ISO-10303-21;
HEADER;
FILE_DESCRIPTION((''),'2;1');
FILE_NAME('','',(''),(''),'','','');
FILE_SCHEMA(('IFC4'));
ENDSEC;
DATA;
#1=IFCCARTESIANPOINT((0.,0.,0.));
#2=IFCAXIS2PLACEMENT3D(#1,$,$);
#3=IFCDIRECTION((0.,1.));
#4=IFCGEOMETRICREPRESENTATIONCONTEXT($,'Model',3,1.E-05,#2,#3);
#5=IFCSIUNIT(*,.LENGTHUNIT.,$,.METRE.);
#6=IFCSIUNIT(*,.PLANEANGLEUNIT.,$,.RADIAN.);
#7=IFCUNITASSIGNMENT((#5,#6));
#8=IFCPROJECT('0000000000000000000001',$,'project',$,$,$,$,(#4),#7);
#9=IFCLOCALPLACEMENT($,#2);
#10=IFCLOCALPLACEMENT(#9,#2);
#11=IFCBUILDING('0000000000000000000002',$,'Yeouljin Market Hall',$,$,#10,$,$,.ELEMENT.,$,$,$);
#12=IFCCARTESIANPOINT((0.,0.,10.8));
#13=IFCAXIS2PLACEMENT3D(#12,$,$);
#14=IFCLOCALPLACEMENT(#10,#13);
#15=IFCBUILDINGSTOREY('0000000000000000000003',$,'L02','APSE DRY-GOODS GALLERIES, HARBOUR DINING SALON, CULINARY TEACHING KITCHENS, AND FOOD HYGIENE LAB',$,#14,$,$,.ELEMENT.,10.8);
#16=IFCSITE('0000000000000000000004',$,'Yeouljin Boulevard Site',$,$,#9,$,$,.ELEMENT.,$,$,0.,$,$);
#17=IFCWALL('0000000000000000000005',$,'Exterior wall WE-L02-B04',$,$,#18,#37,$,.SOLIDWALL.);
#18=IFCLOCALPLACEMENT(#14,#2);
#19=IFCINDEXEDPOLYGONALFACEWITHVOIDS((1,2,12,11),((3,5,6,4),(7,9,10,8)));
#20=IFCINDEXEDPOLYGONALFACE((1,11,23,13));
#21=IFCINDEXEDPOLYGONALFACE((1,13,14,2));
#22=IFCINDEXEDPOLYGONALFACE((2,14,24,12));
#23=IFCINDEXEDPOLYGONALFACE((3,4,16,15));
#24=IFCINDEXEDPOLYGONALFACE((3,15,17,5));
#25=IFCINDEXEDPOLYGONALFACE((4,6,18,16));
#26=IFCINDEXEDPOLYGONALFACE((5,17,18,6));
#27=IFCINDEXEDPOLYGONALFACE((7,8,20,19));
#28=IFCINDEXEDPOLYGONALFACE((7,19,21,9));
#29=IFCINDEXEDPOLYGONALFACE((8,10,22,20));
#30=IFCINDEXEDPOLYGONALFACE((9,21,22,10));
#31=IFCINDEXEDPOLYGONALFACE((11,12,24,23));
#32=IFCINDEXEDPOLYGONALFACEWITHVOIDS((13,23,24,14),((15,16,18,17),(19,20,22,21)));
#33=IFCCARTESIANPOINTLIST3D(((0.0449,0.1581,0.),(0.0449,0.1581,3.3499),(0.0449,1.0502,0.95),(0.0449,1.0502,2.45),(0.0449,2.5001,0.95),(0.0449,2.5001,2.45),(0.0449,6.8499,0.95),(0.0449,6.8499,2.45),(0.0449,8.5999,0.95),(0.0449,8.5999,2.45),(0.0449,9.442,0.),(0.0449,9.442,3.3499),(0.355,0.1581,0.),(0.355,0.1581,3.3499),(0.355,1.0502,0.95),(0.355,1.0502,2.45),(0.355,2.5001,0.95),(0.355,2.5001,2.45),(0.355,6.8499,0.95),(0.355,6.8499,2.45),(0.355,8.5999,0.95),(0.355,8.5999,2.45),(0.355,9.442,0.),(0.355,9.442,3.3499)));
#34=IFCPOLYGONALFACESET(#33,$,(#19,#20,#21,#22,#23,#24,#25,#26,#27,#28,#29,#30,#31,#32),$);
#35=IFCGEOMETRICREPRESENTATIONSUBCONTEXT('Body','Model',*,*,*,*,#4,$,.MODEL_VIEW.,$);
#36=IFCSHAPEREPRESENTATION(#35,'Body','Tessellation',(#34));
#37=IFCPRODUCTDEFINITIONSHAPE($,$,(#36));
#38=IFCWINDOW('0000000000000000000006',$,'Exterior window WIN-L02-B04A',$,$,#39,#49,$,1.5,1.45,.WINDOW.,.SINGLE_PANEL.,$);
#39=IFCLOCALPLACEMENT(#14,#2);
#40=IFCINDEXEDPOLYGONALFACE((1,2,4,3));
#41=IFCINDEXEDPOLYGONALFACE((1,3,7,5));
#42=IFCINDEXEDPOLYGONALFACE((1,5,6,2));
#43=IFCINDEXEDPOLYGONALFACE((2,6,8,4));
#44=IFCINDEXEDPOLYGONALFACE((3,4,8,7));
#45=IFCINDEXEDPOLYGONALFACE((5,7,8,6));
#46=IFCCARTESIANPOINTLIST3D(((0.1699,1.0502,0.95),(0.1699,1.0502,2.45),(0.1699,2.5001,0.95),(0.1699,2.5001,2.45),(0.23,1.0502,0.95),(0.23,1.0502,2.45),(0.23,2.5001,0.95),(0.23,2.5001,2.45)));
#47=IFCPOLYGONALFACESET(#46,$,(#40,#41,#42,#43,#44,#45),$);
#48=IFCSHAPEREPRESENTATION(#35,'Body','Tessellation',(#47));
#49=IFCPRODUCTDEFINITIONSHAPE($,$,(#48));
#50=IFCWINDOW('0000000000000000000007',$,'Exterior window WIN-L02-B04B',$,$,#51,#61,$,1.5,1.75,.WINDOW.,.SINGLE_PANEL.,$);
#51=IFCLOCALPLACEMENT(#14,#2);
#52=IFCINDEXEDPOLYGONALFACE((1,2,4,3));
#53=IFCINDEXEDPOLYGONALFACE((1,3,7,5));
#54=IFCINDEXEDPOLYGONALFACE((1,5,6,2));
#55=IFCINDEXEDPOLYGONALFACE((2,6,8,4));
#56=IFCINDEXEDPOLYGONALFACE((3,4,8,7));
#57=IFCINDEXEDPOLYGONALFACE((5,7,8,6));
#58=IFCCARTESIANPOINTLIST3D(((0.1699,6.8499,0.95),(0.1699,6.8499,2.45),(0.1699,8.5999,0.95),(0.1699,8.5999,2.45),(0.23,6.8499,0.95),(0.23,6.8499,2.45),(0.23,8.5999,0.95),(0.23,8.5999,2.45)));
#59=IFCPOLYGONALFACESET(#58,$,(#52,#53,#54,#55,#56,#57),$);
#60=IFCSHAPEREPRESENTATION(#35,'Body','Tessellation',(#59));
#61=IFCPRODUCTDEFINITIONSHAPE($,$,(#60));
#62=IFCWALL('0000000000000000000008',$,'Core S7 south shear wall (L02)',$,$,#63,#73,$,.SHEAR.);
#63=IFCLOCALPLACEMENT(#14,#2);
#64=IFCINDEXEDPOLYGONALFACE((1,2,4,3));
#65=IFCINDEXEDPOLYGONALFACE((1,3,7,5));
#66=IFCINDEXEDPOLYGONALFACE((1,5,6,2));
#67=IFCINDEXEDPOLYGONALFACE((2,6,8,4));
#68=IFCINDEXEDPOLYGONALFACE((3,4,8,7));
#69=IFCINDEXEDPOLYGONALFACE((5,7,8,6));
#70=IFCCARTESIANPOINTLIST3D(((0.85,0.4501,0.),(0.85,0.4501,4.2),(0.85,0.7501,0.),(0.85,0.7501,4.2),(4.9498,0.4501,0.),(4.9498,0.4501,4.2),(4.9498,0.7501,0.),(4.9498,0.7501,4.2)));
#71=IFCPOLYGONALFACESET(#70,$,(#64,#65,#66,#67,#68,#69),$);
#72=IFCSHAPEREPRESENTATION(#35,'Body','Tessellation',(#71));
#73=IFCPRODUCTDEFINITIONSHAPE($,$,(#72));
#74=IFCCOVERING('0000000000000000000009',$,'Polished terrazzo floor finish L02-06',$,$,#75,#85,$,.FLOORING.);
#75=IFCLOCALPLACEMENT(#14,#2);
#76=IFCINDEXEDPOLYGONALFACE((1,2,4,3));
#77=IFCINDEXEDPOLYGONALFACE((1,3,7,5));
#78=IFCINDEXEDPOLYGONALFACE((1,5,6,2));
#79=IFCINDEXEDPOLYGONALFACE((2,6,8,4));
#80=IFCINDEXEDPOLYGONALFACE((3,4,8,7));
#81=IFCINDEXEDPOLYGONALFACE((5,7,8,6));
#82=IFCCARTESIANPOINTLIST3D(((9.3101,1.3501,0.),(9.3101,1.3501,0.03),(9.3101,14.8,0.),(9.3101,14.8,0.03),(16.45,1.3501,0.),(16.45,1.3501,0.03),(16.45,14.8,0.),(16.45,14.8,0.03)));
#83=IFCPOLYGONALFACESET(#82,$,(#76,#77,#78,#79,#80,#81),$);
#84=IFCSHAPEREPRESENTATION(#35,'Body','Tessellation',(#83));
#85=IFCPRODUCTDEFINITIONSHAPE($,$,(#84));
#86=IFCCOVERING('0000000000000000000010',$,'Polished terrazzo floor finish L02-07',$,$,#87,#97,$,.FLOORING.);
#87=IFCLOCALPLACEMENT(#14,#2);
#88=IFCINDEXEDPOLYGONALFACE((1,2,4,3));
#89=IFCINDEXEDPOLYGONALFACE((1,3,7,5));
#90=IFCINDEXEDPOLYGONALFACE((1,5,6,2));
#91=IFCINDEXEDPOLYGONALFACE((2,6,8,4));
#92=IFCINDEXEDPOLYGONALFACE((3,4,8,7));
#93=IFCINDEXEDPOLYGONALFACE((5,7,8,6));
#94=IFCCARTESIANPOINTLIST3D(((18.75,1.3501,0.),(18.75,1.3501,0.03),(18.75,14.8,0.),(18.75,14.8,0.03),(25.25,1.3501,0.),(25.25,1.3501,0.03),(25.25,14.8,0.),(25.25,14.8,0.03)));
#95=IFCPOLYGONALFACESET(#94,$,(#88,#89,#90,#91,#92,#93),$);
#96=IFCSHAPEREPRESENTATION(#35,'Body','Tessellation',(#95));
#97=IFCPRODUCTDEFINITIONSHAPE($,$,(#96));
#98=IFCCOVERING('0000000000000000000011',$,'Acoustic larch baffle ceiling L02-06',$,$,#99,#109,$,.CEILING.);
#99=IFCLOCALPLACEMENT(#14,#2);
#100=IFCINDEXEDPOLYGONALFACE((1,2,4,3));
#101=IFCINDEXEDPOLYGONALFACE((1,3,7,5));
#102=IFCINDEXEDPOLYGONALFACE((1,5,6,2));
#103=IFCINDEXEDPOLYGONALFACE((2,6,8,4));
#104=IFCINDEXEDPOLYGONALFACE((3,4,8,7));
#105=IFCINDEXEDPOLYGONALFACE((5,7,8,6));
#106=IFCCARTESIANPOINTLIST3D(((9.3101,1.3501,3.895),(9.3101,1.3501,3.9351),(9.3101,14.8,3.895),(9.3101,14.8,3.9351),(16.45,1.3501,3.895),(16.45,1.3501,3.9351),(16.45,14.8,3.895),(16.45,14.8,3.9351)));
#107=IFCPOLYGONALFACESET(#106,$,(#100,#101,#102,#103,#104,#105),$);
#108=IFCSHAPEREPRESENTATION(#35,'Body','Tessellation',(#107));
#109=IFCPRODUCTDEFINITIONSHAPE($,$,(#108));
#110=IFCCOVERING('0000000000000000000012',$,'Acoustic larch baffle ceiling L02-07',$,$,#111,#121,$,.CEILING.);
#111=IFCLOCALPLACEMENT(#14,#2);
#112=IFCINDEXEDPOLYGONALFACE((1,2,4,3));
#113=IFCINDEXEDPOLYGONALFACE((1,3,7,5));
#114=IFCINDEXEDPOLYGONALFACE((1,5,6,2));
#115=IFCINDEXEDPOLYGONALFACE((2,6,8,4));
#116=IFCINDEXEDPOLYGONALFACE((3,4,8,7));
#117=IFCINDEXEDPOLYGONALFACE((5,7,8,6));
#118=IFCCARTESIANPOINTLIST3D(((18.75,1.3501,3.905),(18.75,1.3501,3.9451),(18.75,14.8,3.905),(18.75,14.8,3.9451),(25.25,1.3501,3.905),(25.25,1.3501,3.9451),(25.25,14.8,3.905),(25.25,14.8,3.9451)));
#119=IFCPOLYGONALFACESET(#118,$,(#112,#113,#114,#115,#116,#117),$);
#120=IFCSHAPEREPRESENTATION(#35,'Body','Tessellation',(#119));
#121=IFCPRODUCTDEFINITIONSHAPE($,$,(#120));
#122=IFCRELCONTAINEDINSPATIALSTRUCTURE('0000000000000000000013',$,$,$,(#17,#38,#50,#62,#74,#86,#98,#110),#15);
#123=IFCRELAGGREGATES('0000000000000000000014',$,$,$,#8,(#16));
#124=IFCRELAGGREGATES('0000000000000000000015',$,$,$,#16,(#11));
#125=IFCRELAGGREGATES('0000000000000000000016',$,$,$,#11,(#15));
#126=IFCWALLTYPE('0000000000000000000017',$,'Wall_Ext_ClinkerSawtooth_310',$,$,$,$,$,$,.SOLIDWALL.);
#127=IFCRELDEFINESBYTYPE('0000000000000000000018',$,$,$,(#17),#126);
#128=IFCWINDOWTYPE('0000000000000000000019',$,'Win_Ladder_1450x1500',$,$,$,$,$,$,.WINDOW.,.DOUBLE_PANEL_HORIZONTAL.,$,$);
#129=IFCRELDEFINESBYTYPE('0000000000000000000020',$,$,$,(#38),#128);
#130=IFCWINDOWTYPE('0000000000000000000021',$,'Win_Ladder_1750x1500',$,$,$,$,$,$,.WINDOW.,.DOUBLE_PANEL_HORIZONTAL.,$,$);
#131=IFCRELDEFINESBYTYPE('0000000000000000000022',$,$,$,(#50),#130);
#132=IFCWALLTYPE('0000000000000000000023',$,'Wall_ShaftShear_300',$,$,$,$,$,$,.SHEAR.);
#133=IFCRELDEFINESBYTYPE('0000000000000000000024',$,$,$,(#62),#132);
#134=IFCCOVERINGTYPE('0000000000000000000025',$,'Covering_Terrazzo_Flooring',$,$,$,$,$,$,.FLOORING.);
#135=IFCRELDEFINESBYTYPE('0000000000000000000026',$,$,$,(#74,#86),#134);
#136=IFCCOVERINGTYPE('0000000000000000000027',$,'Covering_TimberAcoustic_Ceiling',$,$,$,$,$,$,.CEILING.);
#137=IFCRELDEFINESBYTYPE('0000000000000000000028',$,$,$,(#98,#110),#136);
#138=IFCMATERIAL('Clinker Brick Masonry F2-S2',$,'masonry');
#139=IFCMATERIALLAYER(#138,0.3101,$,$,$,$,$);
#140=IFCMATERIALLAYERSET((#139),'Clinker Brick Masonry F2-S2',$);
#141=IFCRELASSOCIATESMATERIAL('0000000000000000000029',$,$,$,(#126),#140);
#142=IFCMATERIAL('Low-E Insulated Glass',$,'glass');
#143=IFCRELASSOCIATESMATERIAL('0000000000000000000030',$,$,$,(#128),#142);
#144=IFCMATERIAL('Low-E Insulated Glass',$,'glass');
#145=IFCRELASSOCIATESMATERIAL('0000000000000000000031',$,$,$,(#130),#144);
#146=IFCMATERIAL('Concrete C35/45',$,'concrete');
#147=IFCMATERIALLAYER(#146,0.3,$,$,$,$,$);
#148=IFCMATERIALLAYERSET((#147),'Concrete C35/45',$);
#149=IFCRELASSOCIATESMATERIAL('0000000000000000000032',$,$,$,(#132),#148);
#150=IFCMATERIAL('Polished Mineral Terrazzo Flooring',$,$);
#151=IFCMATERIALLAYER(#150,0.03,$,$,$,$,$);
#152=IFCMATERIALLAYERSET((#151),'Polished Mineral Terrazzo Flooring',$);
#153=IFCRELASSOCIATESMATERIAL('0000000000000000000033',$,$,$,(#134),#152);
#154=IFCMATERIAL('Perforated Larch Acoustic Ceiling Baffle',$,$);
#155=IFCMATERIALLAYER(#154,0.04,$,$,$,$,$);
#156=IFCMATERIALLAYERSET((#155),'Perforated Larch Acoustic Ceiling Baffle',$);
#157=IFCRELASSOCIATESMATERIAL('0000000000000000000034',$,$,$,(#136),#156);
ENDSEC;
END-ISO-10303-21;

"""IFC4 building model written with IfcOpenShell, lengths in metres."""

from ifc_helpers import new_model, si_unit, direction, frame, frame_2d, origin, place, context, subcontext, project, spatial, polyline, rectangle, outline, extrude, material, layer, layer_set, type_object, element, fill, save


model = new_model("IFC4")

# Units and contexts
model_context = context("Model", 3, precision=1e-05, world=origin(), true_north=direction((0.0, 1.0)))
body_context = subcontext(model_context, "Body", "Model", "MODEL_VIEW")
ifc_project = project(units=[si_unit("LENGTHUNIT", "METRE"), si_unit("PLANEANGLEUNIT", "RADIAN")], contexts=[model_context])

# Site, building, storey
site_placement = place(None, origin())
site = spatial("IfcSite", under=ifc_project, at=site_placement, Name="Yeouljin Boulevard Site", CompositionType="ELEMENT", RefElevation=0.0)
building_placement = place(site_placement, origin())
building = spatial("IfcBuilding", under=site, at=building_placement, Name="Yeouljin Market Hall", CompositionType="ELEMENT")
storey_placement = place(building_placement, frame((0.0, 0.0, 10.8)))
storey = spatial("IfcBuildingStorey", under=building, at=storey_placement, Name="L02", Description="APSE DRY-GOODS GALLERIES, HARBOUR DINING SALON, CULINARY TEACHING KITCHENS, AND FOOD HYGIENE LAB", CompositionType="ELEMENT", Elevation=10.8)

# Wall, openings, windows
ifc_material_1 = material(Name="Clinker Brick Masonry F2-S2", Category="masonry")
ifc_layer_1 = layer(ifc_material_1, 0.3101)
ifc_layer_set_1 = layer_set([ifc_layer_1], Name="Clinker Brick Masonry F2-S2")
wall_type_1 = type_object("IfcWallType", Name="Wall_Ext_ClinkerSawtooth_310", PredefinedType="SOLIDWALL", material=ifc_layer_set_1)
wall_1_placement = place(storey_placement, frame((0.2, 0.158, 0.0), z_axis=(0.0, 0.0, 1.0), x_axis=(0.0, 1.0, 0.0)))
wall_1 = element("IfcWall", 1, at=wall_1_placement, inside=storey, type_object=wall_type_1, Name="Exterior wall WE-L02-B04", PredefinedType="SOLIDWALL", context=body_context, shape_type="SweptSolid", body=[
    extrude(rectangle(XDim=9.2839, YDim=0.3101, at=frame_2d((4.6421, 0.0))), origin(), (0.0, 0.0, 1.0), 3.3499),
])
opening_1_placement = place(wall_1_placement, frame((0.8921, 0.0, 0.95)))
opening_1 = element("IfcOpeningElement", 2, at=opening_1_placement, cuts=wall_1, PredefinedType="OPENING", context=body_context, shape_type="SweptSolid", body=[
    extrude(rectangle(XDim=1.45, YDim=1.5, at=frame_2d((0.7251, 0.75))), frame((0.0, 0.165, 0.0), z_axis=(0.0, -1.0, 0.0), x_axis=(1.0, 0.0, 0.0)), (0.0, 0.0, 1.0), 0.3301),
])
opening_2_placement = place(wall_1_placement, frame((6.6919, 0.0, 0.95)))
opening_2 = element("IfcOpeningElement", 3, at=opening_2_placement, cuts=wall_1, PredefinedType="OPENING", context=body_context, shape_type="SweptSolid", body=[
    extrude(rectangle(XDim=1.75, YDim=1.5, at=frame_2d((0.875, 0.75))), frame((0.0, 0.165, 0.0), z_axis=(0.0, -1.0, 0.0), x_axis=(1.0, 0.0, 0.0)), (0.0, 0.0, 1.0), 0.3301),
])
ifc_material_2 = material(Name="Low-E Insulated Glass", Category="glass")
window_type_1 = type_object("IfcWindowType", Name="Win_Ladder_1450x1500", PartitioningType="DOUBLE_PANEL_HORIZONTAL", PredefinedType="WINDOW", material=ifc_material_2)
window_1_placement = place(opening_1_placement, origin())
window_1 = element("IfcWindow", 4, at=window_1_placement, inside=storey, type_object=window_type_1, Name="Exterior window WIN-L02-B04A", OverallHeight=1.5, OverallWidth=1.45, PartitioningType="SINGLE_PANEL", PredefinedType="WINDOW", context=body_context, shape_type="SweptSolid", body=[
    extrude(rectangle(XDim=1.45, YDim=1.5, at=frame_2d((0.7251, 0.75))), frame((0.0, 0.03, 0.0), z_axis=(0.0, -1.0, 0.0), x_axis=(1.0, 0.0, 0.0)), (0.0, 0.0, 1.0), 0.0601),
])
fill(opening_1, window_1)
ifc_material_3 = material(Name="Low-E Insulated Glass", Category="glass")
window_type_2 = type_object("IfcWindowType", Name="Win_Ladder_1750x1500", PartitioningType="DOUBLE_PANEL_HORIZONTAL", PredefinedType="WINDOW", material=ifc_material_3)
window_2_placement = place(opening_2_placement, origin())
window_2 = element("IfcWindow", 5, at=window_2_placement, inside=storey, type_object=window_type_2, Name="Exterior window WIN-L02-B04B", OverallHeight=1.5, OverallWidth=1.75, PartitioningType="SINGLE_PANEL", PredefinedType="WINDOW", context=body_context, shape_type="SweptSolid", body=[
    extrude(rectangle(XDim=1.75, YDim=1.5, at=frame_2d((0.875, 0.75))), frame((0.0, 0.03, 0.0), z_axis=(0.0, -1.0, 0.0), x_axis=(1.0, 0.0, 0.0)), (0.0, 0.0, 1.0), 0.0601),
])
fill(opening_2, window_2)

# Wall
ifc_material_4 = material(Name="Concrete C35/45", Category="concrete")
ifc_layer_2 = layer(ifc_material_4, 0.3)
ifc_layer_set_2 = layer_set([ifc_layer_2], Name="Concrete C35/45")
wall_type_2 = type_object("IfcWallType", Name="Wall_ShaftShear_300", PredefinedType="SHEAR", material=ifc_layer_set_2)
wall_2_placement = place(storey_placement, frame((0.8501, 0.6001, 0.0), z_axis=(0.0, 0.0, 1.0), x_axis=(1.0, 0.0, 0.0)))
element("IfcWall", 6, at=wall_2_placement, inside=storey, type_object=wall_type_2, Name="Core S7 south shear wall (L02)", PredefinedType="SHEAR", context=body_context, shape_type="SweptSolid", body=[
    extrude(rectangle(XDim=4.0999, YDim=0.3, at=frame_2d((2.0498, 0.0))), origin(), (0.0, 0.0, 1.0), 4.2),
])

# Coverings
ifc_material_5 = material(Name="Polished Mineral Terrazzo Flooring")
ifc_layer_3 = layer(ifc_material_5, 0.03)
ifc_layer_set_3 = layer_set([ifc_layer_3], Name="Polished Mineral Terrazzo Flooring")
covering_type_1 = type_object("IfcCoveringType", Name="Covering_Terrazzo_Flooring", PredefinedType="FLOORING", material=ifc_layer_set_3)
covering_1_placement = place(storey_placement, origin())
element("IfcCovering", 7, at=covering_1_placement, inside=storey, type_object=covering_type_1, Name="Polished terrazzo floor finish L02-06", PredefinedType="FLOORING", context=body_context, shape_type="SweptSolid", body=[
    extrude(outline(polyline([(16.45, 1.3501), (16.45, 14.8), (9.3101, 14.8), (9.3101, 1.3501), (16.45, 1.3501)])), origin(), (0.0, 0.0, 1.0), 0.03),
])
covering_2_placement = place(storey_placement, origin())
element("IfcCovering", 8, at=covering_2_placement, inside=storey, type_object=covering_type_1, Name="Polished terrazzo floor finish L02-07", PredefinedType="FLOORING", context=body_context, shape_type="SweptSolid", body=[
    extrude(outline(polyline([(25.25, 1.3501), (25.25, 14.8), (18.75, 14.8), (18.75, 1.3501), (25.25, 1.3501)])), origin(), (0.0, 0.0, 1.0), 0.03),
])
ifc_material_6 = material(Name="Perforated Larch Acoustic Ceiling Baffle")
ifc_layer_4 = layer(ifc_material_6, 0.04)
ifc_layer_set_4 = layer_set([ifc_layer_4], Name="Perforated Larch Acoustic Ceiling Baffle")
covering_type_2 = type_object("IfcCoveringType", Name="Covering_TimberAcoustic_Ceiling", PredefinedType="CEILING", material=ifc_layer_set_4)
covering_3_placement = place(storey_placement, frame((0.0, 0.0, 3.895)))
element("IfcCovering", 9, at=covering_3_placement, inside=storey, type_object=covering_type_2, Name="Acoustic larch baffle ceiling L02-06", PredefinedType="CEILING", context=body_context, shape_type="SweptSolid", body=[
    extrude(outline(polyline([(16.45, 1.3501), (16.45, 14.8), (9.3101, 14.8), (9.3101, 1.3501), (16.45, 1.3501)])), origin(), (0.0, 0.0, 1.0), 0.04),
])
covering_4_placement = place(storey_placement, frame((0.0, 0.0, 3.905)))
element("IfcCovering", 10, at=covering_4_placement, inside=storey, type_object=covering_type_2, Name="Acoustic larch baffle ceiling L02-07", PredefinedType="CEILING", context=body_context, shape_type="SweptSolid", body=[
    extrude(outline(polyline([(25.25, 1.3501), (25.25, 14.8), (18.75, 14.8), (18.75, 1.3501), (25.25, 1.3501)])), origin(), (0.0, 0.0, 1.0), 0.04),
])

save(model, "model.ifc")
